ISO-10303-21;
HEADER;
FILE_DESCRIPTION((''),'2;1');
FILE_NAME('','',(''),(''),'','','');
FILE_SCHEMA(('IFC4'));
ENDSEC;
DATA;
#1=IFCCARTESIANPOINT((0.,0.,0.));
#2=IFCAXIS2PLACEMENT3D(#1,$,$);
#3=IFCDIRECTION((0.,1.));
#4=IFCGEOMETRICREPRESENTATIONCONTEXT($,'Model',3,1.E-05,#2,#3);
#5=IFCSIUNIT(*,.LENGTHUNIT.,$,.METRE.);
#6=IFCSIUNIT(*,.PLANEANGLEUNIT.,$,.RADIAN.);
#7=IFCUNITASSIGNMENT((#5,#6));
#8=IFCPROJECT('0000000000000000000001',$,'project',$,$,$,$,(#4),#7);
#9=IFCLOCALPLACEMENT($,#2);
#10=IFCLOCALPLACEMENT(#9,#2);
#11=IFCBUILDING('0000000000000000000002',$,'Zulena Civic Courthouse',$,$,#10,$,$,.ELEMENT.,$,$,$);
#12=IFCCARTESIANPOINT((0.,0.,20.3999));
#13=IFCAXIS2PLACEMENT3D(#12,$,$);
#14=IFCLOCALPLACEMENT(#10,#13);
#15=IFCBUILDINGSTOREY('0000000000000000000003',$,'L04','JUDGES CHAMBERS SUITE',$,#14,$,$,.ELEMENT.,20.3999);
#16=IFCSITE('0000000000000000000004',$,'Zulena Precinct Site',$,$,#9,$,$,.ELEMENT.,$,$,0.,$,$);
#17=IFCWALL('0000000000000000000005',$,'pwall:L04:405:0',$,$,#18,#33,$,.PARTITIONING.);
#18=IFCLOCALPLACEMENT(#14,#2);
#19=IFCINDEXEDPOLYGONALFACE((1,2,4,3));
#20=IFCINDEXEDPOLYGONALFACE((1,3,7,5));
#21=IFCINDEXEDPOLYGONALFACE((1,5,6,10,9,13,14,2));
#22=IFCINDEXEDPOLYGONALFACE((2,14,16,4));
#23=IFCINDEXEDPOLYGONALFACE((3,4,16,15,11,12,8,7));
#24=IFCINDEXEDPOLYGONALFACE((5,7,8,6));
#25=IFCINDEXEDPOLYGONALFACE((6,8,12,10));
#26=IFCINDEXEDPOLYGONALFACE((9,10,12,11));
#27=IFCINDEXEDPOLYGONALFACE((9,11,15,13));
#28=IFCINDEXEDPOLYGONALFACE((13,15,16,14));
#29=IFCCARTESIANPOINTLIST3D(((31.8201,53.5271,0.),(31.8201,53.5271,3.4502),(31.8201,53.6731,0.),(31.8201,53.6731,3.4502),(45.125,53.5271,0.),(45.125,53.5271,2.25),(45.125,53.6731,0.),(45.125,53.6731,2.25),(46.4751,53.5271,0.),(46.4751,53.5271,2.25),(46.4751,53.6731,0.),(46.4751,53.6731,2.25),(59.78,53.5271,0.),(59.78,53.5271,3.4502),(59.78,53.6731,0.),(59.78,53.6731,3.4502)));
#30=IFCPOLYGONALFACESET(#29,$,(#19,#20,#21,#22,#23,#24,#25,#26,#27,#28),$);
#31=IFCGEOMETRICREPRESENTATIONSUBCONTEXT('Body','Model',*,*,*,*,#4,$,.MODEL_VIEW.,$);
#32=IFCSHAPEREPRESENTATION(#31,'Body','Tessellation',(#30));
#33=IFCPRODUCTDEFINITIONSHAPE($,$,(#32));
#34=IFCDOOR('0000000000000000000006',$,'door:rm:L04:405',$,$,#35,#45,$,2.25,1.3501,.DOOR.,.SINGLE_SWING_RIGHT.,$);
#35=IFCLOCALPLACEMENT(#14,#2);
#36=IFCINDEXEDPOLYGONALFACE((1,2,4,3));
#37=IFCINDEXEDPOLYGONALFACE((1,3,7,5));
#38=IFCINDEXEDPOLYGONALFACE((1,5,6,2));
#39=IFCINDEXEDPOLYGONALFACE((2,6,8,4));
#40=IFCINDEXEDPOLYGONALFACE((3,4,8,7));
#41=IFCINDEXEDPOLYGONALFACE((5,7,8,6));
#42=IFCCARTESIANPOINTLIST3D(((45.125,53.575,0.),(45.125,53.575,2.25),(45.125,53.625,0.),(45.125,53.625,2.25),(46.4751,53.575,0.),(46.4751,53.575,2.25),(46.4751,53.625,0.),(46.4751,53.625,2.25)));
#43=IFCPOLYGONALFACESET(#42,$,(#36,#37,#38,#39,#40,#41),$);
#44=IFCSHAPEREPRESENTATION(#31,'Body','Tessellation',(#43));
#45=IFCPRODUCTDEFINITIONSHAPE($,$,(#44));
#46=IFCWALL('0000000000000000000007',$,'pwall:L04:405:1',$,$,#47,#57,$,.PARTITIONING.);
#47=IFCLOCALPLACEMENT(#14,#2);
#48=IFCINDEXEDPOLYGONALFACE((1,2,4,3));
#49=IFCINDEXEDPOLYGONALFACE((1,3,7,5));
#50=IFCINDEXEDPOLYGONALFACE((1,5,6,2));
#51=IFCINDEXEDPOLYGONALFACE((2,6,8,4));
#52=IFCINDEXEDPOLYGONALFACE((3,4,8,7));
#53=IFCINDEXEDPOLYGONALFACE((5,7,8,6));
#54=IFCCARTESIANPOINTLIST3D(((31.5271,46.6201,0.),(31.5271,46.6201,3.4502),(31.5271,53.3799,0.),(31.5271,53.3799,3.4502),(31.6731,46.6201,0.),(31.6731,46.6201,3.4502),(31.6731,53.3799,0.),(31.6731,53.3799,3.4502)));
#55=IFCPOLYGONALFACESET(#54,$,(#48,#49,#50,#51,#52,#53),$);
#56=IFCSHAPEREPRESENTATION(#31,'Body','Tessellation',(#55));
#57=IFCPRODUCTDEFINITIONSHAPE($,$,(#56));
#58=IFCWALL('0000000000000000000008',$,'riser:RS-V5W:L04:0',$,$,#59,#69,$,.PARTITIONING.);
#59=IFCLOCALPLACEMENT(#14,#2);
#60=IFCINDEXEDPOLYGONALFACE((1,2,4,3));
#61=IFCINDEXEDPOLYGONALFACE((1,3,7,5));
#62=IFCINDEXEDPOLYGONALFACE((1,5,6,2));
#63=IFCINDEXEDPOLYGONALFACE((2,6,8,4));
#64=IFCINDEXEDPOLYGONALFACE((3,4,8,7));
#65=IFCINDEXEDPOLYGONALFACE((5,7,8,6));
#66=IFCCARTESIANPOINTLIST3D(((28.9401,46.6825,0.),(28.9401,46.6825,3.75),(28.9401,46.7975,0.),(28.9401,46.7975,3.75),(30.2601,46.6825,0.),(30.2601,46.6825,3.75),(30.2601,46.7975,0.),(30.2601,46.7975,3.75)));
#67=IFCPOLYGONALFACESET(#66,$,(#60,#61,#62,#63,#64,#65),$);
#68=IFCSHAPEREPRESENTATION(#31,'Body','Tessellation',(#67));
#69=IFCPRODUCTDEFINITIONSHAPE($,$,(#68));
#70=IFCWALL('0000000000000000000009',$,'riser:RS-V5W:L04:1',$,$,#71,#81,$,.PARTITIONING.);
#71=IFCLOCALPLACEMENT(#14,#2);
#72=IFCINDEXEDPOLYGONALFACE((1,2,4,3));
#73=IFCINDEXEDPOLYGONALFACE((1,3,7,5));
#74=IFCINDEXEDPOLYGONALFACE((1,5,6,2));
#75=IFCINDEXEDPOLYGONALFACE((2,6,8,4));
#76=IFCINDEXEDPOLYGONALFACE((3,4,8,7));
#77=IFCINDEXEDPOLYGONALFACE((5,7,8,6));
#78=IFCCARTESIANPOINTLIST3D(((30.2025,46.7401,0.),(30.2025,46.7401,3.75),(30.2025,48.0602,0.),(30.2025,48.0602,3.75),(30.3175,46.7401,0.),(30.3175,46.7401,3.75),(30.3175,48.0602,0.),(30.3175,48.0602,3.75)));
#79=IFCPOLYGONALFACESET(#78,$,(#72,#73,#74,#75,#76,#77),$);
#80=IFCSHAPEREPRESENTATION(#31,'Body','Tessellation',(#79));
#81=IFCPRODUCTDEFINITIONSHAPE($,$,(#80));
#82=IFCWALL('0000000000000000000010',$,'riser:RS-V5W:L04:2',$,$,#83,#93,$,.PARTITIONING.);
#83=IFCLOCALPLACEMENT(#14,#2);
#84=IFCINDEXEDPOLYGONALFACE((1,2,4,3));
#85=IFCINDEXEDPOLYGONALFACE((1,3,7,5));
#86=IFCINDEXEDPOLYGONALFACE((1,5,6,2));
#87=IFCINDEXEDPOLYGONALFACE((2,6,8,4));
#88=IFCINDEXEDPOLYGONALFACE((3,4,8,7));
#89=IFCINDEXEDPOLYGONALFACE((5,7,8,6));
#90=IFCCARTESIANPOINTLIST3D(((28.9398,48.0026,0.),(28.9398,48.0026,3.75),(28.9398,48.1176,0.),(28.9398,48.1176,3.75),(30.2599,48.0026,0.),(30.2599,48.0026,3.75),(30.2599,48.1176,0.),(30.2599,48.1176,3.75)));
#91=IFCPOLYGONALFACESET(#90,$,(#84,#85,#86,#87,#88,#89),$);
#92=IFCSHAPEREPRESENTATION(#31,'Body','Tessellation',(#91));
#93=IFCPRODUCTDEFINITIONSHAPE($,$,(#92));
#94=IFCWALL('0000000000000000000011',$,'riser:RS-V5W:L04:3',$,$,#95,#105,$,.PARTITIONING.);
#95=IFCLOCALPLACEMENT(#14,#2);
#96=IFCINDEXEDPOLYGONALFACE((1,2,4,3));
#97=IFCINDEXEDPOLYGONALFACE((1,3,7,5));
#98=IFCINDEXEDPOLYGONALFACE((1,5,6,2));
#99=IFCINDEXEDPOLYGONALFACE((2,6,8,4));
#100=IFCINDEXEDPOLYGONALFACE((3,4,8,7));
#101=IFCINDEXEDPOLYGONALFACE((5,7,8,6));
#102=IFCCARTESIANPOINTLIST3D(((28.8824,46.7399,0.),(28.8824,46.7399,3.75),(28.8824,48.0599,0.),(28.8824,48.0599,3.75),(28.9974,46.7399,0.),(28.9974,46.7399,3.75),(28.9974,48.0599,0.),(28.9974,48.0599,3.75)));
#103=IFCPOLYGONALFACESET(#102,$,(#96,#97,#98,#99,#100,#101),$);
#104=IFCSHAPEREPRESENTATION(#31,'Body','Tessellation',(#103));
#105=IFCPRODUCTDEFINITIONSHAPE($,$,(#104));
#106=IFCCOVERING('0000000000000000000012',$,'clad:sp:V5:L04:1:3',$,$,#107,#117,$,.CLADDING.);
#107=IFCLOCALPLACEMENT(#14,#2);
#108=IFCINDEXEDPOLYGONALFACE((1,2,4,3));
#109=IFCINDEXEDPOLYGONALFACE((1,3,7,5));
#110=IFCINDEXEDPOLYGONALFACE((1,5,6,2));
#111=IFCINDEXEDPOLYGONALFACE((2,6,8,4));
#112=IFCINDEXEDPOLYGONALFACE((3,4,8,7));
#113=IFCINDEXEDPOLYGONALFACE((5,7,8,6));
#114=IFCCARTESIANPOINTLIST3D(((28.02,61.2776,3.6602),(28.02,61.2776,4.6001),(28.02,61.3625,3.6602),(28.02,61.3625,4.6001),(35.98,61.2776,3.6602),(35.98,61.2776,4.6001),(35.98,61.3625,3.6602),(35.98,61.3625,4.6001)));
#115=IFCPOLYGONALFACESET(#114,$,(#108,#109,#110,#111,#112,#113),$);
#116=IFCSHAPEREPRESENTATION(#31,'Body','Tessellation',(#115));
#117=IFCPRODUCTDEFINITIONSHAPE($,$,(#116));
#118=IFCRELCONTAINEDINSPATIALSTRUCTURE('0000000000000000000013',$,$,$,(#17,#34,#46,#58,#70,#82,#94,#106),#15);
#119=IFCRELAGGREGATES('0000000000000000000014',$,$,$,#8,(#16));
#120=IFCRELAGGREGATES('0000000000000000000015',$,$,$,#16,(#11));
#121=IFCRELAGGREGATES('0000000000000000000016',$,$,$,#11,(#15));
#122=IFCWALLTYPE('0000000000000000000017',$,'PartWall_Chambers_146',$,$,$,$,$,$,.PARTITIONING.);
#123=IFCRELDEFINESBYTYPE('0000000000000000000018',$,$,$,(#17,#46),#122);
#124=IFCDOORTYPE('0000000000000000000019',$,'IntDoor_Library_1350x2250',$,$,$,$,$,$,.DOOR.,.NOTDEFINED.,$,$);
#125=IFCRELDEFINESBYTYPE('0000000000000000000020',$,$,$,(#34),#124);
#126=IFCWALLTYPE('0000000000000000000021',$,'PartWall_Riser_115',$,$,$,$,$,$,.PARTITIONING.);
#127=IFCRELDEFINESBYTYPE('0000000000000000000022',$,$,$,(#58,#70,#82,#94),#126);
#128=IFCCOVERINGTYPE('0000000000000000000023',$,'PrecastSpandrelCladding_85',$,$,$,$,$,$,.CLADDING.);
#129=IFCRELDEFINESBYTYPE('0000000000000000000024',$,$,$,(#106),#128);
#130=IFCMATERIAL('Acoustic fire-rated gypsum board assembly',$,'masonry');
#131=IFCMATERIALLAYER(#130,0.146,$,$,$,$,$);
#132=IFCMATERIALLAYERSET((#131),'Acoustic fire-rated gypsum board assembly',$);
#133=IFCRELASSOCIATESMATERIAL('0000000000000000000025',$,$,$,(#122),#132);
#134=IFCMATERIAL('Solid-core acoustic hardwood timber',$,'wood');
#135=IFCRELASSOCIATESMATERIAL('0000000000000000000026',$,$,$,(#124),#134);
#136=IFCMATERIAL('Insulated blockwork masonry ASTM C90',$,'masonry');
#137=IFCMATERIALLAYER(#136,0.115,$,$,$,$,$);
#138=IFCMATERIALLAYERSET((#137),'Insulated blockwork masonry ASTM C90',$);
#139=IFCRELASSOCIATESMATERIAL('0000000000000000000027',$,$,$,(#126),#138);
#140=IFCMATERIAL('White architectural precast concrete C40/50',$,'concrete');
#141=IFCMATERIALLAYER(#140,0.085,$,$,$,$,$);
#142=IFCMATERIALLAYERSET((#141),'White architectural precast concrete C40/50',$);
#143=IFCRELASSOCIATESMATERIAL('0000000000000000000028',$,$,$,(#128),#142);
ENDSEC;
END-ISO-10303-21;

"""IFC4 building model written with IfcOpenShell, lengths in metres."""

from ifc_helpers import new_model, si_unit, direction, frame, frame_2d, origin, origin_2d, place, context, subcontext, project, spatial, rectangle, extrude, material, layer, layer_set, type_object, element, fill, save


model = new_model("IFC4")

# Units and contexts
model_context = context("Model", 3, precision=1e-05, world=origin(), true_north=direction((0.0, 1.0)))
body_context = subcontext(model_context, "Body", "Model", "MODEL_VIEW")
ifc_project = project(units=[si_unit("LENGTHUNIT", "METRE"), si_unit("PLANEANGLEUNIT", "RADIAN")], contexts=[model_context])

# Site, building, storey
site_placement = place(None, origin())
site = spatial("IfcSite", under=ifc_project, at=site_placement, Name="Zulena Precinct Site", CompositionType="ELEMENT", RefElevation=0.0)
building_placement = place(site_placement, origin())
building = spatial("IfcBuilding", under=site, at=building_placement, Name="Zulena Civic Courthouse", CompositionType="ELEMENT")
storey_placement = place(building_placement, frame((0.0, 0.0, 20.3999)))
storey = spatial("IfcBuildingStorey", under=building, at=storey_placement, Name="L04", Description="JUDGES CHAMBERS SUITE", CompositionType="ELEMENT", Elevation=20.3999)

# Shared definitions
ifc_material_1 = material(Name="Solid-core acoustic hardwood timber", Category="wood")

# Wall, opening, door
ifc_material_2 = material(Name="Acoustic fire-rated gypsum board assembly", Category="masonry")
ifc_layer_1 = layer(ifc_material_2, 0.146)
ifc_layer_set_1 = layer_set([ifc_layer_1], Name="Acoustic fire-rated gypsum board assembly")
wall_type_1 = type_object("IfcWallType", Name="PartWall_Chambers_146", PredefinedType="PARTITIONING", material=ifc_layer_set_1)
wall_1_placement = place(storey_placement, frame((31.8201, 53.6001, 0.0), z_axis=(0.0, 0.0, 1.0), x_axis=(1.0, 0.0, 0.0)))
wall_1 = element("IfcWall", 1, at=wall_1_placement, inside=storey, type_object=wall_type_1, Name="pwall:L04:405:0", PredefinedType="PARTITIONING", context=body_context, shape_type="SweptSolid", body=[
    extrude(rectangle(XDim=27.96, YDim=0.146, at=frame_2d((13.98, 0.0))), origin(), (0.0, 0.0, 1.0), 3.4502),
])
opening_1_placement = place(wall_1_placement, frame((13.3049, 0.0, 0.0)))
opening_1 = element("IfcOpeningElement", 2, at=opening_1_placement, cuts=wall_1, PredefinedType="OPENING", context=body_context, shape_type="SweptSolid", body=[
    extrude(rectangle(XDim=1.3501, YDim=2.25, at=frame_2d((0.675, 1.125))), frame((0.0, 0.083, 0.0), z_axis=(0.0, -1.0, 0.0), x_axis=(1.0, 0.0, 0.0)), (0.0, 0.0, 1.0), 0.166),
])
door_type_1 = type_object("IfcDoorType", Name="IntDoor_Library_1350x2250", OperationType="NOTDEFINED", PredefinedType="DOOR", material=ifc_material_1)
door_1_placement = place(opening_1_placement, origin())
door_1 = element("IfcDoor", 3, at=door_1_placement, inside=storey, type_object=door_type_1, Name="door:rm:L04:405", OperationType="SINGLE_SWING_RIGHT", OverallHeight=2.25, OverallWidth=1.3501, PredefinedType="DOOR", context=body_context, shape_type="SweptSolid", body=[
    extrude(rectangle(XDim=1.3501, YDim=2.25, at=frame_2d((0.675, 1.125))), frame((0.0, 0.0249, 0.0), z_axis=(0.0, -1.0, 0.0), x_axis=(1.0, 0.0, 0.0)), (0.0, 0.0, 1.0), 0.05),
])
fill(opening_1, door_1)

# Walls
wall_2_placement = place(storey_placement, frame((31.6001, 46.6201, 0.0), z_axis=(0.0, 0.0, 1.0), x_axis=(0.0, 1.0, 0.0)))
element("IfcWall", 4, at=wall_2_placement, inside=storey, type_object=wall_type_1, Name="pwall:L04:405:1", PredefinedType="PARTITIONING", context=body_context, shape_type="SweptSolid", body=[
    extrude(rectangle(XDim=6.7598, YDim=0.146, at=frame_2d((3.3799, 0.0))), origin(), (0.0, 0.0, 1.0), 3.4502),
])
ifc_material_3 = material(Name="Insulated blockwork masonry ASTM C90", Category="masonry")
ifc_layer_2 = layer(ifc_material_3, 0.115)
ifc_layer_set_2 = layer_set([ifc_layer_2], Name="Insulated blockwork masonry ASTM C90")
wall_type_2 = type_object("IfcWallType", Name="PartWall_Riser_115", PredefinedType="PARTITIONING", material=ifc_layer_set_2)
for number, where, z_axis, x_axis, name in (
    (5, (28.9399, 46.74, 0.0), (0.0, 0.0, 1.0), (1.0, 0.0, 0.0), "riser:RS-V5W:L04:0"),
    (6, (30.26, 46.74, 0.0), (0.0, 0.0, 1.0), (0.0, 1.0, 0.0), "riser:RS-V5W:L04:1"),
    (7, (30.26, 48.0601, 0.0), (0.0, 0.0, 1.0), (-1.0, 0.0, 0.0), "riser:RS-V5W:L04:2"),
    (8, (28.9399, 48.0601, 0.0), (0.0, 0.0, 1.0), (0.0, -1.0, 0.0), "riser:RS-V5W:L04:3"),
):
    element("IfcWall", number, at=place(storey_placement, frame(where, z_axis=z_axis, x_axis=x_axis)), inside=storey, type_object=wall_type_2, Name=name, PredefinedType="PARTITIONING", context=body_context, shape_type="SweptSolid", body=[
        extrude(rectangle(XDim=1.3201, YDim=0.115, at=frame_2d((0.6602, 0.0))), origin(), (0.0, 0.0, 1.0), 3.75),
    ])

# Covering
ifc_material_4 = material(Name="White architectural precast concrete C40/50", Category="concrete")
ifc_layer_3 = layer(ifc_material_4, 0.085)
ifc_layer_set_3 = layer_set([ifc_layer_3], Name="White architectural precast concrete C40/50")
covering_type = type_object("IfcCoveringType", Name="PrecastSpandrelCladding_85", PredefinedType="CLADDING", material=ifc_layer_set_3)
covering_placement = place(storey_placement, frame((32.0, 61.3201, 3.6602), z_axis=(0.0, 0.0, 1.0), x_axis=(1.0, 0.0, 0.0)))
element("IfcCovering", 9, at=covering_placement, inside=storey, type_object=covering_type, Name="clad:sp:V5:L04:1:3", PredefinedType="CLADDING", context=body_context, shape_type="SweptSolid", body=[
    extrude(rectangle(XDim=7.96, YDim=0.085, at=origin_2d()), origin(), (0.0, 0.0, 1.0), 0.9399),
])

save(model, "model.ifc")
